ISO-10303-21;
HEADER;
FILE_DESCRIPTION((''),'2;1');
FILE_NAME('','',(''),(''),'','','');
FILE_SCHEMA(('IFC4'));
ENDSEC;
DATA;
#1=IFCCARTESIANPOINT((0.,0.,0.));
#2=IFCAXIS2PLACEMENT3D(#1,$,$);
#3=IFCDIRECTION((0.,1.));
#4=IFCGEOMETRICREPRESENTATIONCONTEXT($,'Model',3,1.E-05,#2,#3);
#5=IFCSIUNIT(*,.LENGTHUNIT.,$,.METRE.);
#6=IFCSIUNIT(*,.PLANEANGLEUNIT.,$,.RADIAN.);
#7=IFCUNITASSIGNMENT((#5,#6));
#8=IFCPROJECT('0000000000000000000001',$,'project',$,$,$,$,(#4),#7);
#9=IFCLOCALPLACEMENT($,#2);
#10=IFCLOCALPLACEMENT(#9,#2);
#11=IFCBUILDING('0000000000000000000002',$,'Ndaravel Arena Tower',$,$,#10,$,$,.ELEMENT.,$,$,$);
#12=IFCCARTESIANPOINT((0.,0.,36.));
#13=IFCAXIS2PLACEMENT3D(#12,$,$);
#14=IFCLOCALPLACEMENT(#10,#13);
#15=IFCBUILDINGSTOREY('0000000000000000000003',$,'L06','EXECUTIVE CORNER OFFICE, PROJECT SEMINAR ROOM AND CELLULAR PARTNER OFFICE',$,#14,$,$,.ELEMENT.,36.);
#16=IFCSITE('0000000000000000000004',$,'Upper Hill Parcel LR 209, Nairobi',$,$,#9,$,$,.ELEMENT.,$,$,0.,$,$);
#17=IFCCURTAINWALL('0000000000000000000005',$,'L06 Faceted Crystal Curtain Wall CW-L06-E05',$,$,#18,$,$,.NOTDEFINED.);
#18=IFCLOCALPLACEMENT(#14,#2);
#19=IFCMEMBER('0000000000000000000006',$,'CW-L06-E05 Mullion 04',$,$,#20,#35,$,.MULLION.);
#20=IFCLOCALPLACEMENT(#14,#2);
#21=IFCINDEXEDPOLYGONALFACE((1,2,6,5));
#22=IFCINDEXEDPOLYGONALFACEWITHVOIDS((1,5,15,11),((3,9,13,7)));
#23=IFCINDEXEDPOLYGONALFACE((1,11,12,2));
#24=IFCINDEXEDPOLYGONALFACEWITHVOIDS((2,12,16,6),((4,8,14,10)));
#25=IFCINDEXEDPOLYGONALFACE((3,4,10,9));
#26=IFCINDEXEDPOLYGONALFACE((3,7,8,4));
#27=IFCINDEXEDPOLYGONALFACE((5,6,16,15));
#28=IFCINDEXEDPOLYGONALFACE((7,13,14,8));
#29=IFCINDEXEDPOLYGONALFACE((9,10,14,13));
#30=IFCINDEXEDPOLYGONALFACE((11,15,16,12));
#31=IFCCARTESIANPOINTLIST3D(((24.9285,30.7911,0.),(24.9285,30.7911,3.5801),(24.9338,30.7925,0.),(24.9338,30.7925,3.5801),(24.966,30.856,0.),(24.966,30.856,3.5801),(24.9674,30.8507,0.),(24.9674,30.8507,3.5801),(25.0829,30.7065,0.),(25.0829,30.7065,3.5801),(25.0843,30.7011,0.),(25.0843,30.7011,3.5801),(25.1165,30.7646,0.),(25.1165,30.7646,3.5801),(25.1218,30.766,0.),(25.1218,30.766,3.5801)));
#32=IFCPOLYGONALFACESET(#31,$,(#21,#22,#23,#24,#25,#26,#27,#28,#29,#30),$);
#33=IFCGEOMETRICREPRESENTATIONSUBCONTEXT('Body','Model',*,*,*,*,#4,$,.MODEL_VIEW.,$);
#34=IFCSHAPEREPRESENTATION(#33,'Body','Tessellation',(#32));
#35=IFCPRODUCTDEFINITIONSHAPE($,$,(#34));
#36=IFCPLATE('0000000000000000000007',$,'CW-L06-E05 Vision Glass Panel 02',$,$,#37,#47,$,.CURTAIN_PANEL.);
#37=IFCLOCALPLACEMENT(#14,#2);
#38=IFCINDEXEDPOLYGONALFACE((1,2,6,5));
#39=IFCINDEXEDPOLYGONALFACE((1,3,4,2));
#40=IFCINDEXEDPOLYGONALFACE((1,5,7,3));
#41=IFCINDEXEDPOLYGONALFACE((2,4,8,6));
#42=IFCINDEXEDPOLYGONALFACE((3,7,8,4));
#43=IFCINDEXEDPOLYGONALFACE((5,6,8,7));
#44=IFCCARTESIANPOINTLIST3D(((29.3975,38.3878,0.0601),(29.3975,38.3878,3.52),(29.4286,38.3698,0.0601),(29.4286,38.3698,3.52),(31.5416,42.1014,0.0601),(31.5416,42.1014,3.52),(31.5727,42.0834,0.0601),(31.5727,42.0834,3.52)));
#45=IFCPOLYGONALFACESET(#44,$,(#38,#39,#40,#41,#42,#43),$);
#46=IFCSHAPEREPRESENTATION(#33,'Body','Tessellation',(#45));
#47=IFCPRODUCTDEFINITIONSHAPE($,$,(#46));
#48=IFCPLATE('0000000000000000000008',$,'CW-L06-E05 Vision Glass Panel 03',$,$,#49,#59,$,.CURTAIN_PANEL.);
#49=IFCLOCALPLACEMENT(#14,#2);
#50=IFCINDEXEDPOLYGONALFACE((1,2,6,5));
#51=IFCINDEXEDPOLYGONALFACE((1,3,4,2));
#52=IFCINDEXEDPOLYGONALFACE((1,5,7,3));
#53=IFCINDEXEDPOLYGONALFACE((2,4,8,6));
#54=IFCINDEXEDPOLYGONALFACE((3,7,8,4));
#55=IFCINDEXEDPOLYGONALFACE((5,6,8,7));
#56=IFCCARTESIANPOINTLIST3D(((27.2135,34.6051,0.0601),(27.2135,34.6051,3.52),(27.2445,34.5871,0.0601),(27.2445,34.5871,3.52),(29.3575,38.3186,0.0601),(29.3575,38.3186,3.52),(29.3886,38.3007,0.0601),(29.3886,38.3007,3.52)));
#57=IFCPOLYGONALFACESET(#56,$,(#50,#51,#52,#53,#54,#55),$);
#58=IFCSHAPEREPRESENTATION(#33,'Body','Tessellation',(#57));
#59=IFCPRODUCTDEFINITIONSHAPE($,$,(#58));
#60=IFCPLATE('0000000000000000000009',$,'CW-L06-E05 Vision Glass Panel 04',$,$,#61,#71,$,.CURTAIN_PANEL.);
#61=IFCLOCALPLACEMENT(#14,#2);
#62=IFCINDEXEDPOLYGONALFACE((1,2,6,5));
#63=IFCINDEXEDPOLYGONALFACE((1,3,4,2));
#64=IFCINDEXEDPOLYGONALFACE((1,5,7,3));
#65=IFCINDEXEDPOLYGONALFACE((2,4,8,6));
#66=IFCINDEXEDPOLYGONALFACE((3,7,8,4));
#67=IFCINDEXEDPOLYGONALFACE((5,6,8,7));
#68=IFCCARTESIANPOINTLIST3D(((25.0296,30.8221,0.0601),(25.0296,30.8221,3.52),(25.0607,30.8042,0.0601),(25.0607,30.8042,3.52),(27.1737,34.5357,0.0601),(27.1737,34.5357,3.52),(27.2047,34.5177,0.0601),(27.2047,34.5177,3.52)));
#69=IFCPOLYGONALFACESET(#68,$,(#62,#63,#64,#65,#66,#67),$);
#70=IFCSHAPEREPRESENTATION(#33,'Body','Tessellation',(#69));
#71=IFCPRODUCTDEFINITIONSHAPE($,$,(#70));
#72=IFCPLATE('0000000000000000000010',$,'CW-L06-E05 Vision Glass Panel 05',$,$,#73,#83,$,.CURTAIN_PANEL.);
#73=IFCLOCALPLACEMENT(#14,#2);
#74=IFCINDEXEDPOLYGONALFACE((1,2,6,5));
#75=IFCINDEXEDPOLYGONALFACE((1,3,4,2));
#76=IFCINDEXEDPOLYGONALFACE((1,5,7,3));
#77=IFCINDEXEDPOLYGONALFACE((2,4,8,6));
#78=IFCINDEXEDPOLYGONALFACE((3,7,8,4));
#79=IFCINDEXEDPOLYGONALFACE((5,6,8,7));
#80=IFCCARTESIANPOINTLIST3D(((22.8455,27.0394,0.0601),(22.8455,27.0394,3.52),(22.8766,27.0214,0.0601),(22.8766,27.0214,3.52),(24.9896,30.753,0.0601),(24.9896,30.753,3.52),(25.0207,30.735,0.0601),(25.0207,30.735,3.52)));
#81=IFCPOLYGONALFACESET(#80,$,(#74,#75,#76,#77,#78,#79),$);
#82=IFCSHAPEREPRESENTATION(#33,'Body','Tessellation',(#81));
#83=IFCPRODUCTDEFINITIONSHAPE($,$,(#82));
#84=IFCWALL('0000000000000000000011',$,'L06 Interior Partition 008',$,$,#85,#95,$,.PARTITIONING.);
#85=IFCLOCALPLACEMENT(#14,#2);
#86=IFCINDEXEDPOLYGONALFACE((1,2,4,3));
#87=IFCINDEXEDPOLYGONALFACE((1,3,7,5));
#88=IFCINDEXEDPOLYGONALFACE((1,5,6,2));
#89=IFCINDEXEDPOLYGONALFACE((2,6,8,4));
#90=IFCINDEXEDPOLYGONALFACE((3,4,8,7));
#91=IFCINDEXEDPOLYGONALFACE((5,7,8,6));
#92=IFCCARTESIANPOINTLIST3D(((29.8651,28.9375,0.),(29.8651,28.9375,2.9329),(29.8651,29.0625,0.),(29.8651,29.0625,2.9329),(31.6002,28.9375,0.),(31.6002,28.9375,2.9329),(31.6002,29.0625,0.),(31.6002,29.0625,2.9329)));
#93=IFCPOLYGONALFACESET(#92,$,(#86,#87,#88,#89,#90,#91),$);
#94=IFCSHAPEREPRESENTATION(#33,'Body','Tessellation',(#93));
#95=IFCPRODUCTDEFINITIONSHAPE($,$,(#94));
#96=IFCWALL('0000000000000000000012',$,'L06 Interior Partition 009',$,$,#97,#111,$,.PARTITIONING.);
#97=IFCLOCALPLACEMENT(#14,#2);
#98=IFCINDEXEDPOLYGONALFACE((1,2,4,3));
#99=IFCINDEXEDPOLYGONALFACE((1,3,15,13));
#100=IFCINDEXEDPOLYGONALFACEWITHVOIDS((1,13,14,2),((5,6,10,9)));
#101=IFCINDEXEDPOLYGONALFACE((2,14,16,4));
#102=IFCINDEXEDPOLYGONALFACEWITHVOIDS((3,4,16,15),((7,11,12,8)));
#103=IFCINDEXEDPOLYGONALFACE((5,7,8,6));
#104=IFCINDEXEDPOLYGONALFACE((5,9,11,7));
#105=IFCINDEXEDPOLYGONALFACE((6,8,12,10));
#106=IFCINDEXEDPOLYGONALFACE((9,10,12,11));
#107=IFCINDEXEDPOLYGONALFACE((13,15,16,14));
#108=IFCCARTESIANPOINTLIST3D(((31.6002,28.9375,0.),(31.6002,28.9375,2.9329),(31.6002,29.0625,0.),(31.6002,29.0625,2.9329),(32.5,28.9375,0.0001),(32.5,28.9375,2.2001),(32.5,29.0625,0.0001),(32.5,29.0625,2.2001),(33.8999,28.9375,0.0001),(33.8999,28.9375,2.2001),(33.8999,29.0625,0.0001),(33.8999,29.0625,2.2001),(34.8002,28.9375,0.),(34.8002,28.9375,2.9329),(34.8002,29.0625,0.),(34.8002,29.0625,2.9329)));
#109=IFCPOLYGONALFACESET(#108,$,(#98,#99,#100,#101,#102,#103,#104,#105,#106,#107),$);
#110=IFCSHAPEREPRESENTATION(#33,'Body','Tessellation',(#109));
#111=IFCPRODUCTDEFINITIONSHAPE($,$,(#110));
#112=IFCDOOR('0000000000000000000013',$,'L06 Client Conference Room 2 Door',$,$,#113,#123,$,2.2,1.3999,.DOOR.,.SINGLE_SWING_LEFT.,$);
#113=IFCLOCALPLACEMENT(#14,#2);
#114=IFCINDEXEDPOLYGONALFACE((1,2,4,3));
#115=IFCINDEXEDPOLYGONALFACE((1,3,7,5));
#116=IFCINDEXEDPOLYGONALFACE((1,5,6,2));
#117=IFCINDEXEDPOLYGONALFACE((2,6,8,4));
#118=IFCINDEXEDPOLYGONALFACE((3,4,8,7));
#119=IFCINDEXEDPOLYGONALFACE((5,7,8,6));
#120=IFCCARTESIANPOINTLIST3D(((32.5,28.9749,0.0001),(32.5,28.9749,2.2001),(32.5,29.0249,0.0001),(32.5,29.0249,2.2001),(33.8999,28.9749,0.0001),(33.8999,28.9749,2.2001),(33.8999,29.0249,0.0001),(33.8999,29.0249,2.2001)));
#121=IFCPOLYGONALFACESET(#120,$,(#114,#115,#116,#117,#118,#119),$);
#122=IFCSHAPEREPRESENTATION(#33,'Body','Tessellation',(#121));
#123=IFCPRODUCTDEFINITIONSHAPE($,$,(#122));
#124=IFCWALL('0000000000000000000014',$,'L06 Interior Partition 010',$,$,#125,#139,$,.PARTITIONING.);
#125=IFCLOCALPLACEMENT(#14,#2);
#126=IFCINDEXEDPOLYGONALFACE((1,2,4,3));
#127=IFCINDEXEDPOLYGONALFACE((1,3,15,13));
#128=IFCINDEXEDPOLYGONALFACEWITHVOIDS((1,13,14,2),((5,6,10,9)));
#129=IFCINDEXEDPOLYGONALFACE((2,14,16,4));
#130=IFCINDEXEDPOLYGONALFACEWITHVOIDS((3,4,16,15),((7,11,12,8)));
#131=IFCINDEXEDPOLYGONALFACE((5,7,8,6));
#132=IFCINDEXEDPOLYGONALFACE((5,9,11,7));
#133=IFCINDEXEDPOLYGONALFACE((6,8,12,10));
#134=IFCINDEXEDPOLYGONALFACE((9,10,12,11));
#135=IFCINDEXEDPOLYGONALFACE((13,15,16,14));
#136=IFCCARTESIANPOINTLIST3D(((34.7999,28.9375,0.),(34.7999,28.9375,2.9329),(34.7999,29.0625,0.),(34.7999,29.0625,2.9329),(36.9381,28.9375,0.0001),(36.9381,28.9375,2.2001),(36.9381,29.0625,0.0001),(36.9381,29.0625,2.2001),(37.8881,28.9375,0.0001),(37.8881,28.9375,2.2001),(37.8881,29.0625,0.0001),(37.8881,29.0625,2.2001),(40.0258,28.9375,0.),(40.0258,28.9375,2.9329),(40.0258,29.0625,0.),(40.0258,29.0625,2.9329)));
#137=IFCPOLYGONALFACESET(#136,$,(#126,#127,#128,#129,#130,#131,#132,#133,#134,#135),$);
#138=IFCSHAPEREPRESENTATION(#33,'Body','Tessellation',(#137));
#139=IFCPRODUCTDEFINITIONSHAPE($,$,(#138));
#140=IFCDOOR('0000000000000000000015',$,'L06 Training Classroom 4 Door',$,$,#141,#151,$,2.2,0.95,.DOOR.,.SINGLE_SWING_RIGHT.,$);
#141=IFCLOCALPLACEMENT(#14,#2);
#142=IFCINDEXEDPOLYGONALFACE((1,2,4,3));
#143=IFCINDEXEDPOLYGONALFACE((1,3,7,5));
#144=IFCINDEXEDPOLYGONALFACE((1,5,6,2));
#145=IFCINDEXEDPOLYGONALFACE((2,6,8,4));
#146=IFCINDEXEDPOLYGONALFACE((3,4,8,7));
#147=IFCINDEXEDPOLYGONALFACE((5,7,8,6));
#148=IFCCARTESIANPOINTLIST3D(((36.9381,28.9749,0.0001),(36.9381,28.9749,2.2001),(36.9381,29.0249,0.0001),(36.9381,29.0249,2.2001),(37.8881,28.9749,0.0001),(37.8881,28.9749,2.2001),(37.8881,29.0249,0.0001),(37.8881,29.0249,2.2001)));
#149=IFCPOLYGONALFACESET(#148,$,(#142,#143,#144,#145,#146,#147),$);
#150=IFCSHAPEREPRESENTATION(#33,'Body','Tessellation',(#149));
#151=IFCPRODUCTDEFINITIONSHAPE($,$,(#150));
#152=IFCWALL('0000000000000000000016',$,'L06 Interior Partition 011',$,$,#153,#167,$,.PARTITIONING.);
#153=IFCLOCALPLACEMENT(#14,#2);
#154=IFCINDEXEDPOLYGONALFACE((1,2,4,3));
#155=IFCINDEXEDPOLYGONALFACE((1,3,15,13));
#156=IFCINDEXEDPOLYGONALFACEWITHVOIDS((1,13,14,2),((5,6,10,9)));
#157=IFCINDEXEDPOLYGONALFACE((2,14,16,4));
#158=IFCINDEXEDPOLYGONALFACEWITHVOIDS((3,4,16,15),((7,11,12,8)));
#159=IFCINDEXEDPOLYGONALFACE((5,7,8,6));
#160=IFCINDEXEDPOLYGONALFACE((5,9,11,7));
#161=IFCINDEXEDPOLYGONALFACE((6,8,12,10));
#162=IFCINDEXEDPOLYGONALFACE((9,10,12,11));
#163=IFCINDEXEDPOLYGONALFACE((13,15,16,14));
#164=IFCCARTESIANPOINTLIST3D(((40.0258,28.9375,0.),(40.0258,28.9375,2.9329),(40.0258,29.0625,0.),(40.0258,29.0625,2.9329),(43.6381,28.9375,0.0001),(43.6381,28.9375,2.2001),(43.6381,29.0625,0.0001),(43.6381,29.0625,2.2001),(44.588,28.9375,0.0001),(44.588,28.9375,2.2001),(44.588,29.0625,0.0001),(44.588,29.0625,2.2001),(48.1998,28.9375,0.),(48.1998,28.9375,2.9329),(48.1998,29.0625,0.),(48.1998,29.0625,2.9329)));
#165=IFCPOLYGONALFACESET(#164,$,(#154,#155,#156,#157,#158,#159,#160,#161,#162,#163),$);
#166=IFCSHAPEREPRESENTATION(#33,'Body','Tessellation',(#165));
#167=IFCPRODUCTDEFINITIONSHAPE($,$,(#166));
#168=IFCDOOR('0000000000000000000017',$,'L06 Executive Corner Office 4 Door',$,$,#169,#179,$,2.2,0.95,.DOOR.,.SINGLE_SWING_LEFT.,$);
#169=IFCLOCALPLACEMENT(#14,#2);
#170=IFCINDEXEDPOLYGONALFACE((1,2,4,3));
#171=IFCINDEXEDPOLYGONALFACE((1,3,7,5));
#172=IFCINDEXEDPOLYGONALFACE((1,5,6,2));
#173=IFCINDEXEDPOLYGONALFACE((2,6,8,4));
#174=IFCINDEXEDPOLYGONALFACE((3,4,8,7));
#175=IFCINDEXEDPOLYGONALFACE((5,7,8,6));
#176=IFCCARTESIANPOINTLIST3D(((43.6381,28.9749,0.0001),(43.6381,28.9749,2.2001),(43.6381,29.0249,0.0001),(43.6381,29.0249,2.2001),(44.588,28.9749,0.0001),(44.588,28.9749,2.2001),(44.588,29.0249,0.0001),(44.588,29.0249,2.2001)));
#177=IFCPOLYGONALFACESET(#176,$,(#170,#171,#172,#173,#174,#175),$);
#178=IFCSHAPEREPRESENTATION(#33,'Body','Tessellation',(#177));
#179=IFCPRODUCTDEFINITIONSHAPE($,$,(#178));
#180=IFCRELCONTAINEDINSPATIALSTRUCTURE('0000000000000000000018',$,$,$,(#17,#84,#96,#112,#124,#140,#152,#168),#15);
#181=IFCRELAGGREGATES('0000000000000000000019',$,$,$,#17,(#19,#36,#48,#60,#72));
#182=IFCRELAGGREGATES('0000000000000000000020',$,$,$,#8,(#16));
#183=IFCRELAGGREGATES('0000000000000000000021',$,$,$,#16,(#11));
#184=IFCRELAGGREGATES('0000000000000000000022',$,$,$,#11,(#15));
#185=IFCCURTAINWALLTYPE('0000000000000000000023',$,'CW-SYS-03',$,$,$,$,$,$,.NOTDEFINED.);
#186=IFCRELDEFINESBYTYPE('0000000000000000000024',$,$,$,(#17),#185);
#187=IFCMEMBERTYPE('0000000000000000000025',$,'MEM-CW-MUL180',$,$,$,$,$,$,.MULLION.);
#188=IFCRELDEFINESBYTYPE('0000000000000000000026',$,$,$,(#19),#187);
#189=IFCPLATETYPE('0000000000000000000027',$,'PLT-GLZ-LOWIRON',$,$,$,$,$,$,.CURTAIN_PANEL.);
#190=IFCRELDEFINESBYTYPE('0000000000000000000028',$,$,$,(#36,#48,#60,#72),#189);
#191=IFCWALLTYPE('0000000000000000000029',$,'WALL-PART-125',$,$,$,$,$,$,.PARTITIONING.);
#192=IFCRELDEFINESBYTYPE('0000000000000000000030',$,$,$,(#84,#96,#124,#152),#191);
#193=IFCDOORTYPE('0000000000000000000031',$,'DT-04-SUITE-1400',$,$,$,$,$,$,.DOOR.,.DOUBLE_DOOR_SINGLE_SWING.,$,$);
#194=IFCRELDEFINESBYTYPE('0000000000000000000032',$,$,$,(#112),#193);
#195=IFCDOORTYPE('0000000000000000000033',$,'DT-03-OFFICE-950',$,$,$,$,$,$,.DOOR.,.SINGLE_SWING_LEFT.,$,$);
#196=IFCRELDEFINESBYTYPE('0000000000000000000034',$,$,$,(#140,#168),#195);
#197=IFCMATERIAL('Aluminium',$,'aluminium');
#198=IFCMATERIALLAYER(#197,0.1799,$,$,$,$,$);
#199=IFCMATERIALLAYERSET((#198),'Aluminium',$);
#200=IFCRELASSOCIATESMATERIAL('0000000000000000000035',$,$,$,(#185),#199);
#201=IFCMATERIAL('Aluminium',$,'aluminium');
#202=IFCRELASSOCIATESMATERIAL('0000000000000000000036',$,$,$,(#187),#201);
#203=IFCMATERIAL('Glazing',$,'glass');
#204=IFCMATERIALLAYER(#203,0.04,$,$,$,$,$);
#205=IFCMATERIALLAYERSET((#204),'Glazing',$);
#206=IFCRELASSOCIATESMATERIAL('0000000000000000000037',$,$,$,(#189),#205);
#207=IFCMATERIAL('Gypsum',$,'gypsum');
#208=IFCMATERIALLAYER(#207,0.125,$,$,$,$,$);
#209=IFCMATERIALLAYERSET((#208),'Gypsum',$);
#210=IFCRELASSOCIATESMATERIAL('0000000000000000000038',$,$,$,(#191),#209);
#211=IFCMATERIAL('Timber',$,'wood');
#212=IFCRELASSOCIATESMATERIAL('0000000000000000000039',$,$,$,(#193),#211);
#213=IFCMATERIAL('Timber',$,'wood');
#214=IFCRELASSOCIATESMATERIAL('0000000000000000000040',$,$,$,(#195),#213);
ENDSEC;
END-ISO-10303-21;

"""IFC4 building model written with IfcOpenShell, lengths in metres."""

from ifc_helpers import new_model, si_unit, direction, frame, frame_2d, origin, origin_2d, place, context, subcontext, project, spatial, rectangle, hollow_rectangle, extrude, material, layer, layer_set, material_profile, profile_set, type_object, element, fill, aggregate, save


model = new_model("IFC4")

# Units and contexts
model_context = context("Model", 3, precision=1e-05, world=origin(), true_north=direction((0.0, 1.0)))
body_context = subcontext(model_context, "Body", "Model", "MODEL_VIEW")
ifc_project = project(units=[si_unit("LENGTHUNIT", "METRE"), si_unit("PLANEANGLEUNIT", "RADIAN")], contexts=[model_context])

# Site, building, storey
site_placement = place(None, origin())
site = spatial("IfcSite", under=ifc_project, at=site_placement, Name="Upper Hill Parcel LR 209, Nairobi", CompositionType="ELEMENT", RefElevation=0.0)
building_placement = place(site_placement, origin())
building = spatial("IfcBuilding", under=site, at=building_placement, Name="Ndaravel Arena Tower", CompositionType="ELEMENT")
storey_placement = place(building_placement, frame((0.0, 0.0, 36.0)))
storey = spatial("IfcBuildingStorey", under=building, at=storey_placement, Name="L06", Description="EXECUTIVE CORNER OFFICE, PROJECT SEMINAR ROOM AND CELLULAR PARTNER OFFICE", CompositionType="ELEMENT", Elevation=36.0)

# Curtain wall, member, plates
ifc_material_1 = material(Name="Aluminium", Category="aluminium")
ifc_layer_1 = layer(ifc_material_1, 0.1799)
ifc_layer_set_1 = layer_set([ifc_layer_1], Name="Aluminium")
curtain_wall_type = type_object("IfcCurtainWallType", Name="CW-SYS-03", PredefinedType="NOTDEFINED", material=ifc_layer_set_1)
curtain_wall_placement = place(storey_placement, origin())
curtain_wall = element("IfcCurtainWall", 1, at=curtain_wall_placement, inside=storey, type_object=curtain_wall_type, Name="L06 Faceted Crystal Curtain Wall CW-L06-E05", PredefinedType="NOTDEFINED")
ifc_material_2 = material(Name="Aluminium", Category="aluminium")
ifc_material_profile_1 = material_profile(ifc_material_2, hollow_rectangle(XDim=0.075, YDim=0.1799, WallThickness=0.0039, at=origin_2d()), Name="CW MULLION 75x180x4")
ifc_profile_set_1 = profile_set([ifc_material_profile_1], Name="Aluminium")
member_type = type_object("IfcMemberType", Name="MEM-CW-MUL180", PredefinedType="MULLION", material=ifc_profile_set_1)
member_1_placement = place(storey_placement, frame((25.0251, 30.7786, 0.0), z_axis=(0.0, 0.0, 1.0), x_axis=(-0.5, -0.866025, 0.0)))
member_1 = element("IfcMember", 2, at=member_1_placement, type_object=member_type, Name="CW-L06-E05 Mullion 04", PredefinedType="MULLION", context=body_context, shape_type="SweptSolid", body=[
    extrude(hollow_rectangle(XDim=0.075, YDim=0.1799, WallThickness=0.0039, at=origin_2d()), origin(), (0.0, 0.0, 1.0), 3.5801),
])
ifc_material_3 = material(Name="Glazing", Category="glass")
ifc_layer_2 = layer(ifc_material_3, 0.04)
ifc_layer_set_2 = layer_set([ifc_layer_2], Name="Glazing")
plate_type = type_object("IfcPlateType", Name="PLT-GLZ-LOWIRON", PredefinedType="CURTAIN_PANEL", material=ifc_layer_set_2)
plate_1_placement = place(storey_placement, frame((30.4851, 40.2356, 0.0601), z_axis=(0.0, 0.0, 1.0), x_axis=(-0.5, -0.866025, 0.0)))
plate_1 = element("IfcPlate", 3, at=plate_1_placement, type_object=plate_type, Name="CW-L06-E05 Vision Glass Panel 02", PredefinedType="CURTAIN_PANEL", context=body_context, shape_type="SweptSolid", body=[
    extrude(rectangle(XDim=4.2881, YDim=0.0359, at=origin_2d()), origin(), (0.0, 0.0, 1.0), 3.46),
])
plate_2_placement = place(storey_placement, frame((28.301, 36.4529, 0.0601), z_axis=(0.0, 0.0, 1.0), x_axis=(-0.5, -0.866025, 0.0)))
plate_2 = element("IfcPlate", 4, at=plate_2_placement, type_object=plate_type, Name="CW-L06-E05 Vision Glass Panel 03", PredefinedType="CURTAIN_PANEL", context=body_context, shape_type="SweptSolid", body=[
    extrude(rectangle(XDim=4.2881, YDim=0.0359, at=origin_2d()), origin(), (0.0, 0.0, 1.0), 3.46),
])
plate_3_placement = place(storey_placement, frame((26.1172, 32.6699, 0.0601), z_axis=(0.0, 0.0, 1.0), x_axis=(-0.5, -0.866025, 0.0)))
plate_3 = element("IfcPlate", 5, at=plate_3_placement, type_object=plate_type, Name="CW-L06-E05 Vision Glass Panel 04", PredefinedType="CURTAIN_PANEL", context=body_context, shape_type="SweptSolid", body=[
    extrude(rectangle(XDim=4.2881, YDim=0.0359, at=origin_2d()), origin(), (0.0, 0.0, 1.0), 3.46),
])
plate_4_placement = place(storey_placement, frame((23.9331, 28.8872, 0.0601), z_axis=(0.0, 0.0, 1.0), x_axis=(-0.5, -0.866025, 0.0)))
plate_4 = element("IfcPlate", 6, at=plate_4_placement, type_object=plate_type, Name="CW-L06-E05 Vision Glass Panel 05", PredefinedType="CURTAIN_PANEL", context=body_context, shape_type="SweptSolid", body=[
    extrude(rectangle(XDim=4.2881, YDim=0.0359, at=origin_2d()), origin(), (0.0, 0.0, 1.0), 3.46),
])
aggregate(curtain_wall, [member_1, plate_1, plate_2, plate_3, plate_4])

# Wall
ifc_material_4 = material(Name="Gypsum", Category="gypsum")
ifc_layer_3 = layer(ifc_material_4, 0.125)
ifc_layer_set_3 = layer_set([ifc_layer_3], Name="Gypsum")
wall_type_1 = type_object("IfcWallType", Name="WALL-PART-125", PredefinedType="PARTITIONING", material=ifc_layer_set_3)
wall_1_placement = place(storey_placement, frame((29.865, 29.0, 0.0), z_axis=(0.0, 0.0, 1.0), x_axis=(1.0, 0.0, 0.0)))
element("IfcWall", 7, at=wall_1_placement, inside=storey, type_object=wall_type_1, Name="L06 Interior Partition 008", PredefinedType="PARTITIONING", context=body_context, shape_type="SweptSolid", body=[
    extrude(rectangle(XDim=1.7351, YDim=0.125, at=frame_2d((0.8677, 0.0))), origin(), (0.0, 0.0, 1.0), 2.9329),
])

# Walls, openings, doors
wall_2_placement = place(storey_placement, frame((31.6001, 29.0, 0.0), z_axis=(0.0, 0.0, 1.0), x_axis=(1.0, 0.0, 0.0)))
wall_2 = element("IfcWall", 8, at=wall_2_placement, inside=storey, type_object=wall_type_1, Name="L06 Interior Partition 009", PredefinedType="PARTITIONING", context=body_context, shape_type="SweptSolid", body=[
    extrude(rectangle(XDim=3.2, YDim=0.125, at=frame_2d((1.6001, 0.0))), origin(), (0.0, 0.0, 1.0), 2.9329),
])
opening_1_placement = place(wall_2_placement, frame((0.8999, 0.0, 0.0)))
opening_1 = element("IfcOpeningElement", 9, at=opening_1_placement, cuts=wall_2, PredefinedType="OPENING", context=body_context, shape_type="SweptSolid", body=[
    extrude(rectangle(XDim=1.3999, YDim=2.2, at=frame_2d((0.7, 1.1001))), frame((0.0, 0.0625, 0.0), z_axis=(0.0, -1.0, 0.0), x_axis=(1.0, 0.0, 0.0)), (0.0, 0.0, 1.0), 0.125),
])
ifc_material_5 = material(Name="Timber", Category="wood")
door_type_1 = type_object("IfcDoorType", Name="DT-04-SUITE-1400", OperationType="DOUBLE_DOOR_SINGLE_SWING", PredefinedType="DOOR", material=ifc_material_5)
door_1_placement = place(opening_1_placement, origin())
door_1 = element("IfcDoor", 10, at=door_1_placement, inside=storey, type_object=door_type_1, Name="L06 Client Conference Room 2 Door", OperationType="SINGLE_SWING_LEFT", OverallHeight=2.2, OverallWidth=1.3999, PredefinedType="DOOR", context=body_context, shape_type="SweptSolid", body=[
    extrude(rectangle(XDim=1.3999, YDim=2.2, at=frame_2d((0.7, 1.1001))), frame((0.0, 0.0249, 0.0), z_axis=(0.0, -1.0, 0.0), x_axis=(1.0, 0.0, 0.0)), (0.0, 0.0, 1.0), 0.05),
])
fill(opening_1, door_1)
wall_3_placement = place(storey_placement, frame((34.8, 29.0, 0.0), z_axis=(0.0, 0.0, 1.0), x_axis=(1.0, 0.0, 0.0)))
wall_3 = element("IfcWall", 11, at=wall_3_placement, inside=storey, type_object=wall_type_1, Name="L06 Interior Partition 010", PredefinedType="PARTITIONING", context=body_context, shape_type="SweptSolid", body=[
    extrude(rectangle(XDim=5.2258, YDim=0.125, at=frame_2d((2.6128, 0.0))), origin(), (0.0, 0.0, 1.0), 2.9329),
])
opening_2_placement = place(wall_3_placement, frame((2.1379, 0.0, 0.0)))
opening_2 = element("IfcOpeningElement", 12, at=opening_2_placement, cuts=wall_3, PredefinedType="OPENING", context=body_context, shape_type="SweptSolid", body=[
    extrude(rectangle(XDim=0.95, YDim=2.2, at=frame_2d((0.4751, 1.1001))), frame((0.0, 0.0625, 0.0), z_axis=(0.0, -1.0, 0.0), x_axis=(1.0, 0.0, 0.0)), (0.0, 0.0, 1.0), 0.125),
])
ifc_material_6 = material(Name="Timber", Category="wood")
door_type_2 = type_object("IfcDoorType", Name="DT-03-OFFICE-950", OperationType="SINGLE_SWING_LEFT", PredefinedType="DOOR", material=ifc_material_6)
door_2_placement = place(opening_2_placement, origin())
door_2 = element("IfcDoor", 13, at=door_2_placement, inside=storey, type_object=door_type_2, Name="L06 Training Classroom 4 Door", OperationType="SINGLE_SWING_RIGHT", OverallHeight=2.2, OverallWidth=0.95, PredefinedType="DOOR", context=body_context, shape_type="SweptSolid", body=[
    extrude(rectangle(XDim=0.95, YDim=2.2, at=frame_2d((0.4751, 1.1001))), frame((0.0, 0.0249, 0.0), z_axis=(0.0, -1.0, 0.0), x_axis=(1.0, 0.0, 0.0)), (0.0, 0.0, 1.0), 0.05),
])
fill(opening_2, door_2)
wall_4_placement = place(storey_placement, frame((40.0259, 29.0, 0.0), z_axis=(0.0, 0.0, 1.0), x_axis=(1.0, 0.0, 0.0)))
wall_4 = element("IfcWall", 14, at=wall_4_placement, inside=storey, type_object=wall_type_1, Name="L06 Interior Partition 011", PredefinedType="PARTITIONING", context=body_context, shape_type="SweptSolid", body=[
    extrude(rectangle(XDim=8.1741, YDim=0.125, at=frame_2d((4.0869, 0.0))), origin(), (0.0, 0.0, 1.0), 2.9329),
])
opening_3_placement = place(wall_4_placement, frame((3.6121, 0.0, 0.0)))
opening_3 = element("IfcOpeningElement", 15, at=opening_3_placement, cuts=wall_4, PredefinedType="OPENING", context=body_context, shape_type="SweptSolid", body=[
    extrude(rectangle(XDim=0.95, YDim=2.2, at=frame_2d((0.4751, 1.1001))), frame((0.0, 0.0625, 0.0), z_axis=(0.0, -1.0, 0.0), x_axis=(1.0, 0.0, 0.0)), (0.0, 0.0, 1.0), 0.125),
])
door_3_placement = place(opening_3_placement, origin())
door_3 = element("IfcDoor", 16, at=door_3_placement, inside=storey, type_object=door_type_2, Name="L06 Executive Corner Office 4 Door", OperationType="SINGLE_SWING_LEFT", OverallHeight=2.2, OverallWidth=0.95, PredefinedType="DOOR", context=body_context, shape_type="SweptSolid", body=[
    extrude(rectangle(XDim=0.95, YDim=2.2, at=frame_2d((0.4751, 1.1001))), frame((0.0, 0.0249, 0.0), z_axis=(0.0, -1.0, 0.0), x_axis=(1.0, 0.0, 0.0)), (0.0, 0.0, 1.0), 0.05),
])
fill(opening_3, door_3)

save(model, "model.ifc")
